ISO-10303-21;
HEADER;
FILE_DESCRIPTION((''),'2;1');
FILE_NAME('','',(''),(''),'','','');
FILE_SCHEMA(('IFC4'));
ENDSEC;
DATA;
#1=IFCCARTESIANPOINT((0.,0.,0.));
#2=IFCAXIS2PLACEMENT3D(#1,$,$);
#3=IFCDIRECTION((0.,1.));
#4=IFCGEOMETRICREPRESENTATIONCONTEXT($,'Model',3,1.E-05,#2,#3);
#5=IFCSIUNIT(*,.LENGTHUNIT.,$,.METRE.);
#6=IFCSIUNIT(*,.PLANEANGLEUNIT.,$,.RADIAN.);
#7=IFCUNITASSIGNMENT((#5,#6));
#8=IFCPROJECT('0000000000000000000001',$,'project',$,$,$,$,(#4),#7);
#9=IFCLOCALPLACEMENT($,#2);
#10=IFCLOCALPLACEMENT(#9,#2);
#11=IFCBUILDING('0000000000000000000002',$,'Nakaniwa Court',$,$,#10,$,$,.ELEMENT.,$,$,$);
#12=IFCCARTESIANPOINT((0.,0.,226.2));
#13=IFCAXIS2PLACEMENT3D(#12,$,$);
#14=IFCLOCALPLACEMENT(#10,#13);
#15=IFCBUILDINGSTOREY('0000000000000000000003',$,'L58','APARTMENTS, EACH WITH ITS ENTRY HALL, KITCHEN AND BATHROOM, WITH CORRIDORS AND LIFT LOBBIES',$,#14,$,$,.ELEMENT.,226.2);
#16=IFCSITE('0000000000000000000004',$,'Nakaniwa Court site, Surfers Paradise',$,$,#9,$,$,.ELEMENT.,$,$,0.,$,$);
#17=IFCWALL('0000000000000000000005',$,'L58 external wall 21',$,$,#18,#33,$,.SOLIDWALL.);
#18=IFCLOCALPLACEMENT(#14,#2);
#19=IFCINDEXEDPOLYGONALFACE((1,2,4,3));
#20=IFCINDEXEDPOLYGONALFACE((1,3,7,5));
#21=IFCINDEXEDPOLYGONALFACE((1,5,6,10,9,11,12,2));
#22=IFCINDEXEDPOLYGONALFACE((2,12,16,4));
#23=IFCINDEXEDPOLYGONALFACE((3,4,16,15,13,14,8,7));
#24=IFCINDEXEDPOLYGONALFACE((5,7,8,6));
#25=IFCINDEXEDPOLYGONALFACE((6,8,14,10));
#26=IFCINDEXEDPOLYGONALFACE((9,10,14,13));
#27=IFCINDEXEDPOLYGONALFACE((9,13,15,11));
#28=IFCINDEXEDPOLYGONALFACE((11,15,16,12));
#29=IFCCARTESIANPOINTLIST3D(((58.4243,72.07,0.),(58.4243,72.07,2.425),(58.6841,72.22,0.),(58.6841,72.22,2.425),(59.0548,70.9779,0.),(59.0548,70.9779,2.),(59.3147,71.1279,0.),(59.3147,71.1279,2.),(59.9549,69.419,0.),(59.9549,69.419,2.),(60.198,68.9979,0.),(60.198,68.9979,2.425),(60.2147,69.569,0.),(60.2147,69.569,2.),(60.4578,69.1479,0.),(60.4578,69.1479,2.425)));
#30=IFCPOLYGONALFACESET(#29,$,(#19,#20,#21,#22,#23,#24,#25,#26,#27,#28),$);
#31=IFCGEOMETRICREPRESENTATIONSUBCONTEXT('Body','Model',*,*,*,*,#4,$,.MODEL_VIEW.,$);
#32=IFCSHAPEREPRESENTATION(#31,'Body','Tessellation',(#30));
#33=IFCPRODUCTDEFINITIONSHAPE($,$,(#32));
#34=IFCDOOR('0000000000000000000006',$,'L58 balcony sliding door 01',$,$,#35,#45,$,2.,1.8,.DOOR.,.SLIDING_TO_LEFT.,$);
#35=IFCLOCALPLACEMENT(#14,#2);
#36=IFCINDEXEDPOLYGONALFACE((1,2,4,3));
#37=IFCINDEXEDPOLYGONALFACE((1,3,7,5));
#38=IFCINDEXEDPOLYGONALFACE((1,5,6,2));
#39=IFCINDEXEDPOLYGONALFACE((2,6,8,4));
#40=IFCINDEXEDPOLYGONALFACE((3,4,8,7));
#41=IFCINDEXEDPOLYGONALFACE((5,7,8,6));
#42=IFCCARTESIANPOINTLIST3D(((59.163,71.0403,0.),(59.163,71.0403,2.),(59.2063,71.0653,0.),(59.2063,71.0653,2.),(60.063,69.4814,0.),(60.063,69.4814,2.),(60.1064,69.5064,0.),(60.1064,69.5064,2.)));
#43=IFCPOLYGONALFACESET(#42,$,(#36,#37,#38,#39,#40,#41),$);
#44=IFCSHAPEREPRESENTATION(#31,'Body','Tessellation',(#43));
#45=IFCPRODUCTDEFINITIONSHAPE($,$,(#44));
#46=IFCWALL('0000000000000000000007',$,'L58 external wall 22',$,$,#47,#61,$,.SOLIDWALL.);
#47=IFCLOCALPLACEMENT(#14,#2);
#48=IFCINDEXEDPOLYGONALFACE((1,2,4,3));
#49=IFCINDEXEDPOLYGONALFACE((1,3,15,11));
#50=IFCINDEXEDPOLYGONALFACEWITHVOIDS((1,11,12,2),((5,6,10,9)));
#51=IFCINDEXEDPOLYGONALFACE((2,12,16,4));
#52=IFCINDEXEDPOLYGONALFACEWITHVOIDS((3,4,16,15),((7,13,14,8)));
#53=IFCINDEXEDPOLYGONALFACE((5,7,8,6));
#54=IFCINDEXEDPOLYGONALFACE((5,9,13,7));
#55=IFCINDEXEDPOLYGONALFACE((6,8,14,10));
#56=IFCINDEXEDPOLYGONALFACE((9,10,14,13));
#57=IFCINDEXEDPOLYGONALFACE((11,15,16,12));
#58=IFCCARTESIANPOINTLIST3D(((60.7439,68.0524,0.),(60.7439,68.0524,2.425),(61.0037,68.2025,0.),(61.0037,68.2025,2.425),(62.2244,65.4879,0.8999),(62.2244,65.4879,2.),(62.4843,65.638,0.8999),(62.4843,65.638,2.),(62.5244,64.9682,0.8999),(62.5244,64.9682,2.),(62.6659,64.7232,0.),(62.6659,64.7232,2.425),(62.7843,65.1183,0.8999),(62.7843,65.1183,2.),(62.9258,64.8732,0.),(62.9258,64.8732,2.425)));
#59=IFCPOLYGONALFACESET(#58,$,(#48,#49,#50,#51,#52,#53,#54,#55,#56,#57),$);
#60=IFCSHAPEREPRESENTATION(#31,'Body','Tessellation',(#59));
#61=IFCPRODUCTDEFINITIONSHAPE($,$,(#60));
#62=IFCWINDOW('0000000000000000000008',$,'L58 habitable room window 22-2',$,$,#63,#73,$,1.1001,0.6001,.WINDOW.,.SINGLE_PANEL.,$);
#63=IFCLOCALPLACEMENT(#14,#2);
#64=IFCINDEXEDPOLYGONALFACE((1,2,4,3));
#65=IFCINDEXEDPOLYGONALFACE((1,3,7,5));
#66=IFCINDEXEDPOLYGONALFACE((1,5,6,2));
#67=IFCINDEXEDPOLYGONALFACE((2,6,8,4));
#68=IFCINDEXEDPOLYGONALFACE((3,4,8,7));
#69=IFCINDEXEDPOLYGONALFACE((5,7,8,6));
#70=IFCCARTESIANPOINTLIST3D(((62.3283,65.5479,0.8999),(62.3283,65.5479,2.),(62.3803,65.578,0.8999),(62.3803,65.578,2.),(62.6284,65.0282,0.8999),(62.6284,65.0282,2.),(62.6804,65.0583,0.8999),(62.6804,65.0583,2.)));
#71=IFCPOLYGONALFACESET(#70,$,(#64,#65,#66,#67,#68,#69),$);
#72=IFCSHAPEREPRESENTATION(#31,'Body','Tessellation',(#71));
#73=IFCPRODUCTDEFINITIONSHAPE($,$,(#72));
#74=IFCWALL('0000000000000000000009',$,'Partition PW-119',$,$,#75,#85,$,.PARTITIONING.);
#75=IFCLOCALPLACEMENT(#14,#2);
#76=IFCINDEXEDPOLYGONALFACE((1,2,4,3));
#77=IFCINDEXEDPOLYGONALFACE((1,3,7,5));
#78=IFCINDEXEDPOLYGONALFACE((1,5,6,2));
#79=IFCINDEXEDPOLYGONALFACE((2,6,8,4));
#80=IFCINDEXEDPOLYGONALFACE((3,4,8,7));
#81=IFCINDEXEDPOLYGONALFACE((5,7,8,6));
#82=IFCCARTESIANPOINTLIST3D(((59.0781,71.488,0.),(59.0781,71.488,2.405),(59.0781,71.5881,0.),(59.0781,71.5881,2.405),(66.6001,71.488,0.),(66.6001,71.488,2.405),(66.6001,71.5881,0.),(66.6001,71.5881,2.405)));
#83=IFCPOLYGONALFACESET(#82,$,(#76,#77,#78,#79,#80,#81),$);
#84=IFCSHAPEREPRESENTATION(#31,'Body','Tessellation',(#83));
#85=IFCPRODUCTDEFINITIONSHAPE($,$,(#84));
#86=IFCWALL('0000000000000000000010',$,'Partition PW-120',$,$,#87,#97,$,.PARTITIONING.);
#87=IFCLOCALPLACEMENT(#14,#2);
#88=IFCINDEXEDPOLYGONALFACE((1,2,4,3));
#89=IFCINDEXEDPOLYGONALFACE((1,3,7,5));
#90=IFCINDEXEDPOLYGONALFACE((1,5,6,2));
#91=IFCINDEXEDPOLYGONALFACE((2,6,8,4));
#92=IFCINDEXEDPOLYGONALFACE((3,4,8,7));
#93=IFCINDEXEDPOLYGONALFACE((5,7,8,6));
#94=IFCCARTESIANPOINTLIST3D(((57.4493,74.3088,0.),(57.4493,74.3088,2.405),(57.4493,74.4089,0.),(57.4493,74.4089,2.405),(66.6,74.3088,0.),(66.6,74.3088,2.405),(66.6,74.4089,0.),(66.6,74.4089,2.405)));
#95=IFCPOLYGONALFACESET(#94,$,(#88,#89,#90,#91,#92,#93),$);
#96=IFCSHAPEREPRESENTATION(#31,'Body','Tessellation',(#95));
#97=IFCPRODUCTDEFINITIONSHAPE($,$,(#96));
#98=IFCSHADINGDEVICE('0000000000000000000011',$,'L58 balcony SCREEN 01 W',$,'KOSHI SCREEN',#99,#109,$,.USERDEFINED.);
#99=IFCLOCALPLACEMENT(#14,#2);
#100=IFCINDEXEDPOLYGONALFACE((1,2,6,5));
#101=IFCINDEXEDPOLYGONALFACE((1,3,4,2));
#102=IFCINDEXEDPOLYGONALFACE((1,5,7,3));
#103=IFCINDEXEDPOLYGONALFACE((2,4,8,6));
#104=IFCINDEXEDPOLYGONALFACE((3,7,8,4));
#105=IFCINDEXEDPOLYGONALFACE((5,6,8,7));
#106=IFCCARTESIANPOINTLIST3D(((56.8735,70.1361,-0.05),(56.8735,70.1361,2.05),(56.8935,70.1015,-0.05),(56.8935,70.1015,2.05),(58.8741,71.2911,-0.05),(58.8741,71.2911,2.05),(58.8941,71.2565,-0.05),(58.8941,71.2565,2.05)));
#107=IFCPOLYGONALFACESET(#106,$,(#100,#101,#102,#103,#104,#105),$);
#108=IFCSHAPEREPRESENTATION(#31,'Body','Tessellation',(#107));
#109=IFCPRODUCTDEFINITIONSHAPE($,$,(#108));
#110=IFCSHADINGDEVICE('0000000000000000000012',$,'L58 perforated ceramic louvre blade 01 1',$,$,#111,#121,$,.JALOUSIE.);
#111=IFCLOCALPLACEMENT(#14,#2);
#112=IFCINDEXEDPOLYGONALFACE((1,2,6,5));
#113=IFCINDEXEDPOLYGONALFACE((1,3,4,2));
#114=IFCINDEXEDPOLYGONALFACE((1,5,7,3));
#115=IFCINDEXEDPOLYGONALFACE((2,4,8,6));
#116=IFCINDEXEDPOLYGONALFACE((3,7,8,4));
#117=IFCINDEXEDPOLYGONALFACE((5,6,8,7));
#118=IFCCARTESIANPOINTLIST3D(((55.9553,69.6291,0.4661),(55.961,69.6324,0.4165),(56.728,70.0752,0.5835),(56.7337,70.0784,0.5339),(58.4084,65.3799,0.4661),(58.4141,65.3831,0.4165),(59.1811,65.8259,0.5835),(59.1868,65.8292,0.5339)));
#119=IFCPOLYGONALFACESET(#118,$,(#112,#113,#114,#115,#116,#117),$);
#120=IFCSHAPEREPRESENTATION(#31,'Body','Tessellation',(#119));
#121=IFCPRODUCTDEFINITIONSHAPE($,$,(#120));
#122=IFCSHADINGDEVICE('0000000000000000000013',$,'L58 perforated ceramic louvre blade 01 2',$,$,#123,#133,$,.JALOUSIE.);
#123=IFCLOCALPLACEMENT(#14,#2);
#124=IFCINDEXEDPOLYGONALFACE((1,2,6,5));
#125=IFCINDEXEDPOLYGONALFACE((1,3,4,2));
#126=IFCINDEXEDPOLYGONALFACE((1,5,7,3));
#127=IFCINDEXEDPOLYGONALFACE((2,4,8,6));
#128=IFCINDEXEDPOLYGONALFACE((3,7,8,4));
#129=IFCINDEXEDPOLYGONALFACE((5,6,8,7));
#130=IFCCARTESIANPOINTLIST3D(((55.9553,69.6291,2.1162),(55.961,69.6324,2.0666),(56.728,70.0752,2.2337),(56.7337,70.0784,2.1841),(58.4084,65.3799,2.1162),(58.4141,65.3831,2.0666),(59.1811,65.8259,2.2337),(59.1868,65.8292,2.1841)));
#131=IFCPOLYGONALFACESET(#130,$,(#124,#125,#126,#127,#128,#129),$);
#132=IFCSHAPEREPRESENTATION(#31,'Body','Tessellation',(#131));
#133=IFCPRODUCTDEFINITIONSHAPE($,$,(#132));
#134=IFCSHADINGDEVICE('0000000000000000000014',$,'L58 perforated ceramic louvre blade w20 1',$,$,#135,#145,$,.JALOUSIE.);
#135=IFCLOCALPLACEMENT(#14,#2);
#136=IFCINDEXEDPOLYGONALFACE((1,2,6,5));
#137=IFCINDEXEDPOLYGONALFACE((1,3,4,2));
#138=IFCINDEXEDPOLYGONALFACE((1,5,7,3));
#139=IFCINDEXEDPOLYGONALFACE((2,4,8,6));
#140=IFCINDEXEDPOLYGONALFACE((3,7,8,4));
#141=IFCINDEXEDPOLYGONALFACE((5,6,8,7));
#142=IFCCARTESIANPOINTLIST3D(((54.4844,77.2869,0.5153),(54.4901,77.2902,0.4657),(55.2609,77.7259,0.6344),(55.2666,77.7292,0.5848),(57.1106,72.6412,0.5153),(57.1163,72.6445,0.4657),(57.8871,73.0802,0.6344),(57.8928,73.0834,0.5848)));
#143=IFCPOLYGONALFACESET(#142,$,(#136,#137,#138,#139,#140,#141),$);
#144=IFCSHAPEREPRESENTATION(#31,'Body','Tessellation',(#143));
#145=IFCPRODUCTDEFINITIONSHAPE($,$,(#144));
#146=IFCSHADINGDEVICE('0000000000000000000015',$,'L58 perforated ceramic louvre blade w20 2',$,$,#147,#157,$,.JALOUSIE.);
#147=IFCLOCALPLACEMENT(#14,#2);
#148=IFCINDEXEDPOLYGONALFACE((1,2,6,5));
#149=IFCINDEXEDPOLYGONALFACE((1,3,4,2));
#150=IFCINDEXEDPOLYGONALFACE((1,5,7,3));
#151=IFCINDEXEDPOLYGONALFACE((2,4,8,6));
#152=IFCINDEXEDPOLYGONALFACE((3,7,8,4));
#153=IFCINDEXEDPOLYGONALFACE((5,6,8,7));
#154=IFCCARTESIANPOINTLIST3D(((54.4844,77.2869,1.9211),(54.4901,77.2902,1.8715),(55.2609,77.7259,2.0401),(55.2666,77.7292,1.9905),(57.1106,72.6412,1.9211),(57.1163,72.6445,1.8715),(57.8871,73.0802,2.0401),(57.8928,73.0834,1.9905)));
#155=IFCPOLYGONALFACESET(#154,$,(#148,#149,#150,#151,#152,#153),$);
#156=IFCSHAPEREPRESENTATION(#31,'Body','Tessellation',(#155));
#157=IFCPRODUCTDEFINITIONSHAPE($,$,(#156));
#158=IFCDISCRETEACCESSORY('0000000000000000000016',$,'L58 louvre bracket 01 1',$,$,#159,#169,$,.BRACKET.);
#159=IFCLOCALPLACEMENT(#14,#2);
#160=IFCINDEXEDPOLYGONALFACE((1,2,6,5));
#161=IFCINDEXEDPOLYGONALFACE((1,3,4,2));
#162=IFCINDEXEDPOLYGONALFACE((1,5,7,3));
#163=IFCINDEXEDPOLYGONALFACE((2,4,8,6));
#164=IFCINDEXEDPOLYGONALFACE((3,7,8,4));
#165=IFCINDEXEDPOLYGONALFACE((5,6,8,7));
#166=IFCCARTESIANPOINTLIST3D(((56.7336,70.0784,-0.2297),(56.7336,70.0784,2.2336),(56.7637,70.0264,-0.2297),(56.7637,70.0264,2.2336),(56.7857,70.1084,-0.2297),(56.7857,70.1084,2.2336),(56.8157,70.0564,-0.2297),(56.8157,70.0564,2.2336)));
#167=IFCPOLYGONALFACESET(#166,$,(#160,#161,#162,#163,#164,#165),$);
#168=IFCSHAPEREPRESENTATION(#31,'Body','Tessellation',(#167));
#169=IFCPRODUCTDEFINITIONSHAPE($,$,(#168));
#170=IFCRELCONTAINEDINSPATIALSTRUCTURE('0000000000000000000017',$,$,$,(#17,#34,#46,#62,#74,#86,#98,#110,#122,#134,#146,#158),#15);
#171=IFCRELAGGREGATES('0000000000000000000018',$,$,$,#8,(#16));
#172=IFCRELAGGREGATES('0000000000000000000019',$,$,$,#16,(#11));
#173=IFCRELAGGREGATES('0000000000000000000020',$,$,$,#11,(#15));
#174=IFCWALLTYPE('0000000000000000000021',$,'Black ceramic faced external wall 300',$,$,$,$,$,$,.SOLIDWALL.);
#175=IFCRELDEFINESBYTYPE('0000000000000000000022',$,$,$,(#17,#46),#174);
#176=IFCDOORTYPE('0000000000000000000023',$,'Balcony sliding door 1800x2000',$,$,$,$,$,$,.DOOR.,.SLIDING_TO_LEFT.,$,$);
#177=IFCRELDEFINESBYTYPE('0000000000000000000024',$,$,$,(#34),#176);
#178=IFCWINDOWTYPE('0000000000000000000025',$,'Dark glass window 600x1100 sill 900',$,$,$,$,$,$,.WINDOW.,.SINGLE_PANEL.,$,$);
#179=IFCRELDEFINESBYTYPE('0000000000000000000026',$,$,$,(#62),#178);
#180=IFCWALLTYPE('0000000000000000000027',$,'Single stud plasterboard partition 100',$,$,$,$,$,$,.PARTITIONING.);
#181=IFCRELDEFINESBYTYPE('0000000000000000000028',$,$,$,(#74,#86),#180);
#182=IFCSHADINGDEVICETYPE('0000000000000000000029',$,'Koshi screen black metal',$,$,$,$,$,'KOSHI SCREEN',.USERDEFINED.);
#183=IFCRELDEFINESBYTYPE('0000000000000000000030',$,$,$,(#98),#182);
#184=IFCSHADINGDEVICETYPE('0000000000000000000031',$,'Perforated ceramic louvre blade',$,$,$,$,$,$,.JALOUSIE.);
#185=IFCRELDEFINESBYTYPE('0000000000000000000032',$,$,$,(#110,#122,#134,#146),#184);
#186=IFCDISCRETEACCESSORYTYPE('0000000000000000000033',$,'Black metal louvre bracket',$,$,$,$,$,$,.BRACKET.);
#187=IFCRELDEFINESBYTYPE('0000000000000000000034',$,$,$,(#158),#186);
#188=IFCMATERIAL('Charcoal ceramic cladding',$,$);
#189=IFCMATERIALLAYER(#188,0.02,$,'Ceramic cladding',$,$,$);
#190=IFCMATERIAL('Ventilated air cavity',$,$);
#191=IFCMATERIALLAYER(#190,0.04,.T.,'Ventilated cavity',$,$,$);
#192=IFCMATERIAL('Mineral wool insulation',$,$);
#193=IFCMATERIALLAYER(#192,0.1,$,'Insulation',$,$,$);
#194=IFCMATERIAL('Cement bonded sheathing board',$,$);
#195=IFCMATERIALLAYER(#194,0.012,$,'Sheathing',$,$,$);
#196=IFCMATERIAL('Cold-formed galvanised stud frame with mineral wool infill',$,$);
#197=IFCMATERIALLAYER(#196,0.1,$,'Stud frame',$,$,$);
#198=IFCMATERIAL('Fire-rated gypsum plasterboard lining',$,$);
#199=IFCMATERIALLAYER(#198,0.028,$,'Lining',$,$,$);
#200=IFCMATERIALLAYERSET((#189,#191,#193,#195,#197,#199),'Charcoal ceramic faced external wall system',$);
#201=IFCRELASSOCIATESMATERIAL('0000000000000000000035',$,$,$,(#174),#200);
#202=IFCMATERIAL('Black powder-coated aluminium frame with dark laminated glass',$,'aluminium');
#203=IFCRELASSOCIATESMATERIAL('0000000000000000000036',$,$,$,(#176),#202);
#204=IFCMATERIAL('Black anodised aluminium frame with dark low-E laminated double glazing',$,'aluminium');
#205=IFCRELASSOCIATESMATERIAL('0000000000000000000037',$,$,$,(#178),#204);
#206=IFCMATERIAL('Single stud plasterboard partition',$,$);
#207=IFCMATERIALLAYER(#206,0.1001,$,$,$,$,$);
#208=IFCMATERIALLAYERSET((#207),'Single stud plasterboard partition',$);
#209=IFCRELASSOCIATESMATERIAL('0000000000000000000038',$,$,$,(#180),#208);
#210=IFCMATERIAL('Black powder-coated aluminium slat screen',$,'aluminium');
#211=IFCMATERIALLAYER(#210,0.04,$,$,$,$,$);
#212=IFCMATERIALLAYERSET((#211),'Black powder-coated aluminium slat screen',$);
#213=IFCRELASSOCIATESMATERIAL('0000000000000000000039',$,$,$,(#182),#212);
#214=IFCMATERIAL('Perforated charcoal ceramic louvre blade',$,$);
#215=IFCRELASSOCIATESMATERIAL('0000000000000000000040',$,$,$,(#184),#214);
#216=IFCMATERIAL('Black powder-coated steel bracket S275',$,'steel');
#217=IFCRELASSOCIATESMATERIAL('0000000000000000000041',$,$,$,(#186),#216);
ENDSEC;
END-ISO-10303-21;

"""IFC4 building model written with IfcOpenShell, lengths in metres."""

from ifc_helpers import new_model, si_unit, direction, frame, frame_2d, origin, origin_2d, place, context, subcontext, project, spatial, rectangle, extrude, material, layer, layer_set, material_profile, profile_set, type_object, element, fill, save


model = new_model("IFC4")

# Units and contexts
model_context = context("Model", 3, precision=1e-05, world=origin(), true_north=direction((0.0, 1.0)))
body_context = subcontext(model_context, "Body", "Model", "MODEL_VIEW")
ifc_project = project(units=[si_unit("LENGTHUNIT", "METRE"), si_unit("PLANEANGLEUNIT", "RADIAN")], contexts=[model_context])

# Site, building, storey
site_placement = place(None, origin())
site = spatial("IfcSite", under=ifc_project, at=site_placement, Name="Nakaniwa Court site, Surfers Paradise", CompositionType="ELEMENT", RefElevation=0.0)
building_placement = place(site_placement, origin())
building = spatial("IfcBuilding", under=site, at=building_placement, Name="Nakaniwa Court", CompositionType="ELEMENT")
storey_placement = place(building_placement, frame((0.0, 0.0, 226.2)))
storey = spatial("IfcBuildingStorey", under=building, at=storey_placement, Name="L58", Description="APARTMENTS, EACH WITH ITS ENTRY HALL, KITCHEN AND BATHROOM, WITH CORRIDORS AND LIFT LOBBIES", CompositionType="ELEMENT", Elevation=226.2)

# Shared definitions
ifc_material_1 = material(Name="Charcoal ceramic cladding")
ifc_layer_1 = layer(ifc_material_1, 0.02, Name="Ceramic cladding")
ifc_material_2 = material(Name="Ventilated air cavity")
ifc_layer_2 = layer(ifc_material_2, 0.04, ventilated=True, Name="Ventilated cavity")
ifc_material_3 = material(Name="Mineral wool insulation")
ifc_layer_3 = layer(ifc_material_3, 0.1, Name="Insulation")
ifc_material_4 = material(Name="Cement bonded sheathing board")
ifc_layer_4 = layer(ifc_material_4, 0.012, Name="Sheathing")
ifc_material_5 = material(Name="Cold-formed galvanised stud frame with mineral wool infill")
ifc_layer_5 = layer(ifc_material_5, 0.1, Name="Stud frame")
ifc_material_6 = material(Name="Fire-rated gypsum plasterboard lining")
ifc_layer_6 = layer(ifc_material_6, 0.028, Name="Lining")
ifc_layer_set_1 = layer_set([ifc_layer_1, ifc_layer_2, ifc_layer_3, ifc_layer_4, ifc_layer_5, ifc_layer_6], Name="Charcoal ceramic faced external wall system")
wall_type_1 = type_object("IfcWallType", Name="Black ceramic faced external wall 300", PredefinedType="SOLIDWALL", material=ifc_layer_set_1)
ifc_material_7 = material(Name="Black anodised aluminium frame with dark low-E laminated double glazing", Category="aluminium")

# Wall, opening, door
wall_1_placement = place(storey_placement, frame((58.5542, 72.145, 0.0), z_axis=(0.0, 0.0, 1.0), x_axis=(0.50001, -0.866019, 0.0)))
wall_1 = element("IfcWall", 1, at=wall_1_placement, inside=storey, type_object=wall_type_1, Name="L58 external wall 21", PredefinedType="SOLIDWALL", context=body_context, shape_type="SweptSolid", body=[
    extrude(rectangle(XDim=3.5474, YDim=0.3, at=frame_2d((1.7737, 0.0))), origin(), (0.0, 0.0, 1.0), 2.425),
])
opening_1_placement = place(wall_1_placement, frame((1.2612, 0.0, 0.0)))
opening_1 = element("IfcOpeningElement", 2, at=opening_1_placement, cuts=wall_1, PredefinedType="OPENING", context=body_context, shape_type="SweptSolid", body=[
    extrude(rectangle(XDim=1.8, YDim=2.0, at=frame_2d((0.8999, 1.0))), frame((0.0, 0.1599, 0.0), z_axis=(0.0, -1.0, 0.0), x_axis=(1.0, 0.0, 0.0)), (0.0, 0.0, 1.0), 0.3201),
])
ifc_material_8 = material(Name="Black powder-coated aluminium frame with dark laminated glass", Category="aluminium")
door_type_1 = type_object("IfcDoorType", Name="Balcony sliding door 1800x2000", OperationType="SLIDING_TO_LEFT", PredefinedType="DOOR", material=ifc_material_8)
door_1_placement = place(opening_1_placement, origin())
door_1 = element("IfcDoor", 3, at=door_1_placement, inside=storey, type_object=door_type_1, Name="L58 balcony sliding door 01", OperationType="SLIDING_TO_LEFT", OverallHeight=2.0, OverallWidth=1.8, PredefinedType="DOOR", context=body_context, shape_type="SweptSolid", body=[
    extrude(rectangle(XDim=1.8, YDim=2.0, at=frame_2d((0.8999, 1.0))), frame((0.0, 0.0249, 0.0), z_axis=(0.0, -1.0, 0.0), x_axis=(1.0, 0.0, 0.0)), (0.0, 0.0, 1.0), 0.05),
])
fill(opening_1, door_1)

# Wall, opening, window
wall_2_placement = place(storey_placement, frame((60.8738, 68.1274, 0.0), z_axis=(0.0, 0.0, 1.0), x_axis=(0.499984, -0.866034, 0.0)))
wall_2 = element("IfcWall", 4, at=wall_2_placement, inside=storey, type_object=wall_type_1, Name="L58 external wall 22", PredefinedType="SOLIDWALL", context=body_context, shape_type="SweptSolid", body=[
    extrude(rectangle(XDim=3.8442, YDim=0.3, at=frame_2d((1.9221, 0.0))), origin(), (0.0, 0.0, 1.0), 2.425),
])
opening_2_placement = place(wall_2_placement, frame((2.9612, 0.0, 0.8999)))
opening_2 = element("IfcOpeningElement", 5, at=opening_2_placement, cuts=wall_2, PredefinedType="OPENING", context=body_context, shape_type="SweptSolid", body=[
    extrude(rectangle(XDim=0.6001, YDim=1.1001, at=frame_2d((0.3, 0.55))), frame((0.0, 0.1599, 0.0), z_axis=(0.0, -1.0, 0.0), x_axis=(1.0, 0.0, 0.0)), (0.0, 0.0, 1.0), 0.3201),
])
window_type_1 = type_object("IfcWindowType", Name="Dark glass window 600x1100 sill 900", PartitioningType="SINGLE_PANEL", PredefinedType="WINDOW", material=ifc_material_7)
window_1_placement = place(opening_2_placement, origin())
window_1 = element("IfcWindow", 6, at=window_1_placement, inside=storey, type_object=window_type_1, Name="L58 habitable room window 22-2", OverallHeight=1.1001, OverallWidth=0.6001, PartitioningType="SINGLE_PANEL", PredefinedType="WINDOW", context=body_context, shape_type="SweptSolid", body=[
    extrude(rectangle(XDim=0.6001, YDim=1.1001, at=frame_2d((0.3, 0.55))), frame((0.0, 0.03, 0.0), z_axis=(0.0, -1.0, 0.0), x_axis=(1.0, 0.0, 0.0)), (0.0, 0.0, 1.0), 0.0601),
])
fill(opening_2, window_1)

# Walls
ifc_material_9 = material(Name="Single stud plasterboard partition")
ifc_layer_7 = layer(ifc_material_9, 0.1001)
ifc_layer_set_2 = layer_set([ifc_layer_7], Name="Single stud plasterboard partition")
wall_type_2 = type_object("IfcWallType", Name="Single stud plasterboard partition 100", PredefinedType="PARTITIONING", material=ifc_layer_set_2)
wall_3_placement = place(storey_placement, frame((59.0781, 71.5381, 0.0), z_axis=(0.0, 0.0, 1.0), x_axis=(1.0, 0.0, 0.0)))
element("IfcWall", 7, at=wall_3_placement, inside=storey, type_object=wall_type_2, Name="Partition PW-119", PredefinedType="PARTITIONING", context=body_context, shape_type="SweptSolid", body=[
    extrude(rectangle(XDim=7.522, YDim=0.1001, at=frame_2d((3.761, 0.0))), origin(), (0.0, 0.0, 1.0), 2.405),
])
wall_4_placement = place(storey_placement, frame((57.4495, 74.3589, 0.0), z_axis=(0.0, 0.0, 1.0), x_axis=(1.0, 0.0, 0.0)))
element("IfcWall", 8, at=wall_4_placement, inside=storey, type_object=wall_type_2, Name="Partition PW-120", PredefinedType="PARTITIONING", context=body_context, shape_type="SweptSolid", body=[
    extrude(rectangle(XDim=9.1506, YDim=0.1001, at=frame_2d((4.5752, 0.0))), origin(), (0.0, 0.0, 1.0), 2.405),
])

# Shading devices
ifc_material_10 = material(Name="Black powder-coated aluminium slat screen", Category="aluminium")
ifc_layer_8 = layer(ifc_material_10, 0.04)
ifc_layer_set_3 = layer_set([ifc_layer_8], Name="Black powder-coated aluminium slat screen")
shading_device_type_1 = type_object("IfcShadingDeviceType", Name="Koshi screen black metal", ElementType="KOSHI SCREEN", PredefinedType="USERDEFINED", material=ifc_layer_set_3)
shading_device_placement = place(storey_placement, frame((57.8838, 70.6963, -0.05), z_axis=(0.0, 0.0, 1.0), x_axis=(0.499986, -0.866033, 0.0)))
element("IfcShadingDevice", 9, at=shading_device_placement, inside=storey, type_object=shading_device_type_1, Name="L58 balcony SCREEN 01 W", ObjectType="KOSHI SCREEN", PredefinedType="USERDEFINED", context=body_context, shape_type="SweptSolid", body=[
    extrude(rectangle(XDim=0.04, YDim=2.3101, at=origin_2d()), origin(), (0.0, 0.0, 1.0), 2.1001),
])
ifc_material_11 = material(Name="Perforated charcoal ceramic louvre blade")
ifc_material_profile_1 = material_profile(ifc_material_11, rectangle(XDim=0.8999, YDim=0.05, at=origin_2d()), Name="Perforated ceramic louvre blade")
ifc_profile_set_1 = profile_set([ifc_material_profile_1], Name="Perforated charcoal ceramic louvre blade")
shading_device_type_2 = type_object("IfcShadingDeviceType", Name="Perforated ceramic louvre blade", PredefinedType="JALOUSIE", material=ifc_profile_set_1)
for number, where, z_axis, x_axis, name in (
    (10, (56.3445, 69.8538, 0.5), (0.499971, -0.866042, 0.0), (0.858633, 0.495694, 0.130526), "L58 perforated ceramic louvre blade 01 1"),
    (11, (56.3445, 69.8538, 2.1501), (0.499971, -0.866042, 0.0), (0.858633, 0.495694, 0.130526), "L58 perforated ceramic louvre blade 01 2"),
):
    element("IfcShadingDevice", number, at=place(storey_placement, frame(where, z_axis=z_axis, x_axis=x_axis)), inside=storey, type_object=shading_device_type_2, Name=name, PredefinedType="JALOUSIE", context=body_context, shape_type="SweptSolid", body=[
        extrude(rectangle(XDim=0.8999, YDim=0.05, at=origin_2d()), origin(), (0.0, 0.0, 1.0), 4.9065),
    ])
for number, where, z_axis, x_axis, name in (
    (12, (54.8755, 77.5081, 0.55), (0.492109, -0.870534, 0.0), (0.862887, 0.487786, 0.132256), "L58 perforated ceramic louvre blade w20 1"),
    (13, (54.8755, 77.5081, 1.9558), (0.492109, -0.870534, 0.0), (0.862887, 0.487786, 0.132256), "L58 perforated ceramic louvre blade w20 2"),
):
    element("IfcShadingDevice", number, at=place(storey_placement, frame(where, z_axis=z_axis, x_axis=x_axis)), inside=storey, type_object=shading_device_type_2, Name=name, PredefinedType="JALOUSIE", context=body_context, shape_type="SweptSolid", body=[
        extrude(rectangle(XDim=0.8999, YDim=0.05, at=origin_2d()), origin(), (0.0, 0.0, 1.0), 5.3367),
    ])

# Discrete accessory
ifc_material_12 = material(Name="Black powder-coated steel bracket S275", Category="steel")
discrete_accessory_type_1 = type_object("IfcDiscreteAccessoryType", Name="Black metal louvre bracket", PredefinedType="BRACKET", material=ifc_material_12)
for number, where, z_axis, x_axis, name in (
    (14, (56.7747, 70.0674, -0.2297), (0.0, 0.0, 1.0), (0.499986, -0.866033, 0.0), "L58 louvre bracket 01 1"),
):
    element("IfcDiscreteAccessory", number, at=place(storey_placement, frame(where, z_axis=z_axis, x_axis=x_axis)), inside=storey, type_object=discrete_accessory_type_1, Name=name, PredefinedType="BRACKET", context=body_context, shape_type="SweptSolid", body=[
        extrude(rectangle(XDim=0.0601, YDim=0.0601, at=origin_2d()), origin(), (0.0, 0.0, 1.0), 2.4634),
    ])

save(model, "model.ifc")
